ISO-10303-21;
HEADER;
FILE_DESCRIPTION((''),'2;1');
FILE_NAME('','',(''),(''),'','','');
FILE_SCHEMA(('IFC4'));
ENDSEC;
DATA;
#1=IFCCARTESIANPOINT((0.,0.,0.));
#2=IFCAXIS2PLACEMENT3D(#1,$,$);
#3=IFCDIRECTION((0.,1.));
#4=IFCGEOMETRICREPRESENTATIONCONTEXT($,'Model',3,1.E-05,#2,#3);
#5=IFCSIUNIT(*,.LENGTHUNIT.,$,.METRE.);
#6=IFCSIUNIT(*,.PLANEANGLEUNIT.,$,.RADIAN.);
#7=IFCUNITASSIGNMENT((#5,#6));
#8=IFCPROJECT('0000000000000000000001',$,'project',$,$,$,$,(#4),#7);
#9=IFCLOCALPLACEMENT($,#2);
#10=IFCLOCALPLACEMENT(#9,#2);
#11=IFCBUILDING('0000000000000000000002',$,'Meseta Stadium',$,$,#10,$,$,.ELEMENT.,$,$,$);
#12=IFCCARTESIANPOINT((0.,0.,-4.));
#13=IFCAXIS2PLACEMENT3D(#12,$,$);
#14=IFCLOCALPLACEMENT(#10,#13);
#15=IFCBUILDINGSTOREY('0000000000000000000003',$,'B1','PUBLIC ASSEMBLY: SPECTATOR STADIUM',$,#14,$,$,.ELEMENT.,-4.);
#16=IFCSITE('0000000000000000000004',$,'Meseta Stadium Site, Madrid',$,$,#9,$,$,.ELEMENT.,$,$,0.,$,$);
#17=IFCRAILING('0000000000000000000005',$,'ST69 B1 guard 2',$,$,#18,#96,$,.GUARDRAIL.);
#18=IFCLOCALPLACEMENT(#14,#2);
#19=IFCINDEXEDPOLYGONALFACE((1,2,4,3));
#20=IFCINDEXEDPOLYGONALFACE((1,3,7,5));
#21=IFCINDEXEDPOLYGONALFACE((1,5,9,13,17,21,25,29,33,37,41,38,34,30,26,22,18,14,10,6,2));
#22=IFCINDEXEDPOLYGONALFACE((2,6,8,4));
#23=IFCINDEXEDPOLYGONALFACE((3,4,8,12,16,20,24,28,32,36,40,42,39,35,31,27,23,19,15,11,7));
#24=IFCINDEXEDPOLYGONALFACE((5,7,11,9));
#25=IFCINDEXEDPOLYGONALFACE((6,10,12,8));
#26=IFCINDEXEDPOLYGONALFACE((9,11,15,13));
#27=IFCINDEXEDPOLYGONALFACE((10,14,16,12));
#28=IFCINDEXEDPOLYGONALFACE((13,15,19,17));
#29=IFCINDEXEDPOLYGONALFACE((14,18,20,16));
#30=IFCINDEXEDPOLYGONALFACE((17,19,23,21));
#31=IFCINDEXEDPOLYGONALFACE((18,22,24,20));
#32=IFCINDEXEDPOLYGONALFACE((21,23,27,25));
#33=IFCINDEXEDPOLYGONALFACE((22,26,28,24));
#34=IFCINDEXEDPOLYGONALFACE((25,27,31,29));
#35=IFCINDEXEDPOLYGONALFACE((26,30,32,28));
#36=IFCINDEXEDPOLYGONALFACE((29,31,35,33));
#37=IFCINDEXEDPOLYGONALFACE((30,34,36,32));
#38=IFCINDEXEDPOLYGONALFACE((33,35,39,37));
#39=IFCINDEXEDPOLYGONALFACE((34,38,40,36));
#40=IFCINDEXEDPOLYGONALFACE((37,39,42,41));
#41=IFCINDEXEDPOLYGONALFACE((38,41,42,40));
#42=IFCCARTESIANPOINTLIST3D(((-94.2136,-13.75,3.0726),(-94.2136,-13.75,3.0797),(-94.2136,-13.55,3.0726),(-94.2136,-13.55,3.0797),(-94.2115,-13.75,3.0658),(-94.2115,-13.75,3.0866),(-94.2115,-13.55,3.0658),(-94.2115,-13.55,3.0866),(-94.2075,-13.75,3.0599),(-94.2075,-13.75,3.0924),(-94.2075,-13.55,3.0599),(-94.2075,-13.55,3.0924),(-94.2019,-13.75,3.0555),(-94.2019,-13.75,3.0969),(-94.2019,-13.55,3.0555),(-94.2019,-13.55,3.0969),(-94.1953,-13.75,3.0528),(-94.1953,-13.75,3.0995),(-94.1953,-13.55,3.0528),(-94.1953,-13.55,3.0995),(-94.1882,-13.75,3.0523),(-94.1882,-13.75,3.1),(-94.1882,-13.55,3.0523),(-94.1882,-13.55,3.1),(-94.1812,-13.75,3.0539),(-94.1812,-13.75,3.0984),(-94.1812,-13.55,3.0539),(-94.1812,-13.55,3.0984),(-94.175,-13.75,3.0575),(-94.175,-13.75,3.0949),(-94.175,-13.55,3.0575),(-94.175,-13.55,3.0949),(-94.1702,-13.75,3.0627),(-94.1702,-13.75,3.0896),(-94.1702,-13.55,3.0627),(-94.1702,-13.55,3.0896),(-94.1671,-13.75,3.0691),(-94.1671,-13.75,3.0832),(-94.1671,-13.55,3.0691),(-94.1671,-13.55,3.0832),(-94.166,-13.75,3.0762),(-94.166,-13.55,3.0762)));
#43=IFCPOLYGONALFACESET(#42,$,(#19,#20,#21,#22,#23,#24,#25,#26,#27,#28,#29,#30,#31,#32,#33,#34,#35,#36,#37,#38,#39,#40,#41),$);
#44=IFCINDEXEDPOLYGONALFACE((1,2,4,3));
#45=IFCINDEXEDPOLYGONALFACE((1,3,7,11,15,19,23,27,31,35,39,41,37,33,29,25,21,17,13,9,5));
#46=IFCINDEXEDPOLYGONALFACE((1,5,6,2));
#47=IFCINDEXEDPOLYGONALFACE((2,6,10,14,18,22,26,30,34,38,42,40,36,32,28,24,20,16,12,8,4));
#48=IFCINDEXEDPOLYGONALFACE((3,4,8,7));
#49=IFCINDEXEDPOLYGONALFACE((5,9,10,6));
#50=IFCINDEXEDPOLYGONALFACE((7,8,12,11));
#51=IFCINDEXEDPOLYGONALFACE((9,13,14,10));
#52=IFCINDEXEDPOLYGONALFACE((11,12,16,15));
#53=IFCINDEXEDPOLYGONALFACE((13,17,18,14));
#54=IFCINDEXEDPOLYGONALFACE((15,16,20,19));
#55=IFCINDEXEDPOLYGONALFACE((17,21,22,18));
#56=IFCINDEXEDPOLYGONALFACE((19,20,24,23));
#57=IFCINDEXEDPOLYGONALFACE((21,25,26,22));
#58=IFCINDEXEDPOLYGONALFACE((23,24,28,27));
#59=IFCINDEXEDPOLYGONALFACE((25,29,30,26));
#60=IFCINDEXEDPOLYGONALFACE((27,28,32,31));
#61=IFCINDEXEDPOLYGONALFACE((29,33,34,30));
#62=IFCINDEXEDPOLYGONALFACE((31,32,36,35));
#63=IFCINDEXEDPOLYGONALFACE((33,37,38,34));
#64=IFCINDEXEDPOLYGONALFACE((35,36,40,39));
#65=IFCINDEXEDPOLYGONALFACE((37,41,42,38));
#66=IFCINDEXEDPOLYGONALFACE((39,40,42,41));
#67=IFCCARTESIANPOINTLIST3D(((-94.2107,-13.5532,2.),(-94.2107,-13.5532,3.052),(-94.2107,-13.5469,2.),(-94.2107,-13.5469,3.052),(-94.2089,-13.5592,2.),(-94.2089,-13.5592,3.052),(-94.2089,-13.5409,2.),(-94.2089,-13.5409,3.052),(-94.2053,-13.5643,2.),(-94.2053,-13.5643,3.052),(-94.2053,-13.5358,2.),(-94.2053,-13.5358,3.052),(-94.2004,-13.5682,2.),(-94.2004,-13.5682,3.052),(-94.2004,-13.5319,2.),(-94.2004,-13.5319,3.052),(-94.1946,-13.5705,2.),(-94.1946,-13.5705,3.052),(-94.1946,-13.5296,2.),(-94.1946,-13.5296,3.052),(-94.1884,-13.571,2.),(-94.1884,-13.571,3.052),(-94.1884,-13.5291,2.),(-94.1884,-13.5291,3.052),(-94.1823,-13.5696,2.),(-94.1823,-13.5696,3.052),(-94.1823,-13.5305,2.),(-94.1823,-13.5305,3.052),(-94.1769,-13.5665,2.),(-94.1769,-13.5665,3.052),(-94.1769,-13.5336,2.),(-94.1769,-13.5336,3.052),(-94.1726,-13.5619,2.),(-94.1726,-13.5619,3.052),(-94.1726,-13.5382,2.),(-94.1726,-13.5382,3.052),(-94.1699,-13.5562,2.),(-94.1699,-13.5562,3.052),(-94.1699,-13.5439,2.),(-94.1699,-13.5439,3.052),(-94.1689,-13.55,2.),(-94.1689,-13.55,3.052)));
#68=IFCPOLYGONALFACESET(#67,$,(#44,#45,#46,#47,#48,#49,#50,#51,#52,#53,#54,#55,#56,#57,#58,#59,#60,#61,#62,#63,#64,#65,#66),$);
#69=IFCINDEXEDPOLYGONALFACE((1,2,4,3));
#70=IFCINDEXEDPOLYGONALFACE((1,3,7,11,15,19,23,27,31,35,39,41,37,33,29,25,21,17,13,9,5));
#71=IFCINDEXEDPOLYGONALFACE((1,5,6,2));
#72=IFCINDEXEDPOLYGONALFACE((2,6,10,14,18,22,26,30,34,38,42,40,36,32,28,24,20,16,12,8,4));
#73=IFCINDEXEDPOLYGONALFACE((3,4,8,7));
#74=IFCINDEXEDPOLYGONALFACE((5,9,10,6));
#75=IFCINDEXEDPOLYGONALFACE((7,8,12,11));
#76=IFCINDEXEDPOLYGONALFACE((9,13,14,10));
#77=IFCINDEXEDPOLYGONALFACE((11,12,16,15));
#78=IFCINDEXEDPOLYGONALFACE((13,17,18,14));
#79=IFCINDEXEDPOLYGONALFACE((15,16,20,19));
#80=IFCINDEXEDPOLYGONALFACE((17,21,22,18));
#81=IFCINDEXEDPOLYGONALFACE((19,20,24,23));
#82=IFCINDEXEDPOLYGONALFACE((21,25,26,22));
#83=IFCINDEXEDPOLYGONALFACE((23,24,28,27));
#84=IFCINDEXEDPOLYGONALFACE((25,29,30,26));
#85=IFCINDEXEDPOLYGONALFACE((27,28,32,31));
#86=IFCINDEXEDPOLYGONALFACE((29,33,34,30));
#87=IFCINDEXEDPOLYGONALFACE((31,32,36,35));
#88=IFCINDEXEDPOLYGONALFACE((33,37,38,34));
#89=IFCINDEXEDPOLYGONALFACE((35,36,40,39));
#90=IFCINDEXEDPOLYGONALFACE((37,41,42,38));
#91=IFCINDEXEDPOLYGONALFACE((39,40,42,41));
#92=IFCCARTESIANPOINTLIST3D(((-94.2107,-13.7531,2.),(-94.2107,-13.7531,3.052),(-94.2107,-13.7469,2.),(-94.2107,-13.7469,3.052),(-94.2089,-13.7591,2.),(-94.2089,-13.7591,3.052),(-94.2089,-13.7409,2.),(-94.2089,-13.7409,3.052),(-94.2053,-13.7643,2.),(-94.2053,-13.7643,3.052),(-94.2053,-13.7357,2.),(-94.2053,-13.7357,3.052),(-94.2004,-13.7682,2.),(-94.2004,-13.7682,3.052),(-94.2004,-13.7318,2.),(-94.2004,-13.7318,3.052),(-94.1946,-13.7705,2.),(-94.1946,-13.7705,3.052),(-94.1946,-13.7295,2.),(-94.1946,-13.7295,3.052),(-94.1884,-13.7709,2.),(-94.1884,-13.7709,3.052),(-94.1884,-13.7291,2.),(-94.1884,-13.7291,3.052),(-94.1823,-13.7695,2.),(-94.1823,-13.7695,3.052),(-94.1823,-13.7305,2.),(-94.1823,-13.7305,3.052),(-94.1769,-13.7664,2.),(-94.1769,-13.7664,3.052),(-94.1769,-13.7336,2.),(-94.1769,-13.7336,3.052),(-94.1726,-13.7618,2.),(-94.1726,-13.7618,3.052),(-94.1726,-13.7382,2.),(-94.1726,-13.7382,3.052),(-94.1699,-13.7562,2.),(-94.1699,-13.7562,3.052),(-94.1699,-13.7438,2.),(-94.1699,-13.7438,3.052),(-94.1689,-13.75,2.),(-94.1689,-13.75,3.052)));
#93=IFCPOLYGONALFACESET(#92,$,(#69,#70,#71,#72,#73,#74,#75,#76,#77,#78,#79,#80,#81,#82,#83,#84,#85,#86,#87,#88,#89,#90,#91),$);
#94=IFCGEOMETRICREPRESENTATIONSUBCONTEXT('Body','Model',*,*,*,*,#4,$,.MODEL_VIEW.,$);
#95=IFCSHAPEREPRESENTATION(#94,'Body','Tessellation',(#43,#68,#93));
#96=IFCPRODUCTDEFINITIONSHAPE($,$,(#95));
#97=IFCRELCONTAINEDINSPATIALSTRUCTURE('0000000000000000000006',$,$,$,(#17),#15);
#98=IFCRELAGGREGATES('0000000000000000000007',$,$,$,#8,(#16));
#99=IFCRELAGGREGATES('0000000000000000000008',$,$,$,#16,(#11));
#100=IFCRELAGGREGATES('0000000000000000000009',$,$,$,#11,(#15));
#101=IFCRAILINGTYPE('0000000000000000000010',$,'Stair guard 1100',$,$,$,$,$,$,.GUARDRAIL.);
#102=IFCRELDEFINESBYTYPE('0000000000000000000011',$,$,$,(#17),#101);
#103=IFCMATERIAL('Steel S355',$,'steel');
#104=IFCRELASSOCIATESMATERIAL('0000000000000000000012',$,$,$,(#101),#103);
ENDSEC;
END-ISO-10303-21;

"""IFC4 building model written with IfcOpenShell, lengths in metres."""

from ifc_helpers import new_model, si_unit, direction, frame, origin, origin_2d, place, context, subcontext, project, spatial, circle, extrude, material, type_object, element, save


model = new_model("IFC4")

# Units and contexts
model_context = context("Model", 3, precision=1e-05, world=origin(), true_north=direction((0.0, 1.0)))
body_context = subcontext(model_context, "Body", "Model", "MODEL_VIEW")
ifc_project = project(units=[si_unit("LENGTHUNIT", "METRE"), si_unit("PLANEANGLEUNIT", "RADIAN")], contexts=[model_context])

# Site, building, storey
site_placement = place(None, origin())
site = spatial("IfcSite", under=ifc_project, at=site_placement, Name="Meseta Stadium Site, Madrid", CompositionType="ELEMENT", RefElevation=0.0)
building_placement = place(site_placement, origin())
building = spatial("IfcBuilding", under=site, at=building_placement, Name="Meseta Stadium", CompositionType="ELEMENT")
storey_placement = place(building_placement, frame((0.0, 0.0, -4.0)))
storey = spatial("IfcBuildingStorey", under=building, at=storey_placement, Name="B1", Description="PUBLIC ASSEMBLY: SPECTATOR STADIUM", CompositionType="ELEMENT", Elevation=-4.0)

# Railing
ifc_material_1 = material(Name="Steel S355", Category="steel")
railing_type_1 = type_object("IfcRailingType", Name="Stair guard 1100", PredefinedType="GUARDRAIL", material=ifc_material_1)
railing_1_placement = place(storey_placement, frame((-94.1899, -13.55, 2.0)))
element("IfcRailing", 1, at=railing_1_placement, inside=storey, type_object=railing_type_1, Name="ST69 B1 guard 2", PredefinedType="GUARDRAIL", context=body_context, shape_type="SweptSolid", body=[
    extrude(circle(Radius=0.0239, at=origin_2d()), frame((0.0, 0.0, 1.0762), z_axis=(0.0, -1.0, 0.0), x_axis=(1.0, 0.0, 0.0)), (0.0, 0.0, 1.0), 0.2),
    extrude(circle(Radius=0.021, at=origin_2d()), origin(), (0.0, 0.0, 1.0), 1.052),
    extrude(circle(Radius=0.021, at=origin_2d()), frame((0.0, -0.2, 0.0)), (0.0, 0.0, 1.0), 1.052),
])

save(model, "model.ifc")
